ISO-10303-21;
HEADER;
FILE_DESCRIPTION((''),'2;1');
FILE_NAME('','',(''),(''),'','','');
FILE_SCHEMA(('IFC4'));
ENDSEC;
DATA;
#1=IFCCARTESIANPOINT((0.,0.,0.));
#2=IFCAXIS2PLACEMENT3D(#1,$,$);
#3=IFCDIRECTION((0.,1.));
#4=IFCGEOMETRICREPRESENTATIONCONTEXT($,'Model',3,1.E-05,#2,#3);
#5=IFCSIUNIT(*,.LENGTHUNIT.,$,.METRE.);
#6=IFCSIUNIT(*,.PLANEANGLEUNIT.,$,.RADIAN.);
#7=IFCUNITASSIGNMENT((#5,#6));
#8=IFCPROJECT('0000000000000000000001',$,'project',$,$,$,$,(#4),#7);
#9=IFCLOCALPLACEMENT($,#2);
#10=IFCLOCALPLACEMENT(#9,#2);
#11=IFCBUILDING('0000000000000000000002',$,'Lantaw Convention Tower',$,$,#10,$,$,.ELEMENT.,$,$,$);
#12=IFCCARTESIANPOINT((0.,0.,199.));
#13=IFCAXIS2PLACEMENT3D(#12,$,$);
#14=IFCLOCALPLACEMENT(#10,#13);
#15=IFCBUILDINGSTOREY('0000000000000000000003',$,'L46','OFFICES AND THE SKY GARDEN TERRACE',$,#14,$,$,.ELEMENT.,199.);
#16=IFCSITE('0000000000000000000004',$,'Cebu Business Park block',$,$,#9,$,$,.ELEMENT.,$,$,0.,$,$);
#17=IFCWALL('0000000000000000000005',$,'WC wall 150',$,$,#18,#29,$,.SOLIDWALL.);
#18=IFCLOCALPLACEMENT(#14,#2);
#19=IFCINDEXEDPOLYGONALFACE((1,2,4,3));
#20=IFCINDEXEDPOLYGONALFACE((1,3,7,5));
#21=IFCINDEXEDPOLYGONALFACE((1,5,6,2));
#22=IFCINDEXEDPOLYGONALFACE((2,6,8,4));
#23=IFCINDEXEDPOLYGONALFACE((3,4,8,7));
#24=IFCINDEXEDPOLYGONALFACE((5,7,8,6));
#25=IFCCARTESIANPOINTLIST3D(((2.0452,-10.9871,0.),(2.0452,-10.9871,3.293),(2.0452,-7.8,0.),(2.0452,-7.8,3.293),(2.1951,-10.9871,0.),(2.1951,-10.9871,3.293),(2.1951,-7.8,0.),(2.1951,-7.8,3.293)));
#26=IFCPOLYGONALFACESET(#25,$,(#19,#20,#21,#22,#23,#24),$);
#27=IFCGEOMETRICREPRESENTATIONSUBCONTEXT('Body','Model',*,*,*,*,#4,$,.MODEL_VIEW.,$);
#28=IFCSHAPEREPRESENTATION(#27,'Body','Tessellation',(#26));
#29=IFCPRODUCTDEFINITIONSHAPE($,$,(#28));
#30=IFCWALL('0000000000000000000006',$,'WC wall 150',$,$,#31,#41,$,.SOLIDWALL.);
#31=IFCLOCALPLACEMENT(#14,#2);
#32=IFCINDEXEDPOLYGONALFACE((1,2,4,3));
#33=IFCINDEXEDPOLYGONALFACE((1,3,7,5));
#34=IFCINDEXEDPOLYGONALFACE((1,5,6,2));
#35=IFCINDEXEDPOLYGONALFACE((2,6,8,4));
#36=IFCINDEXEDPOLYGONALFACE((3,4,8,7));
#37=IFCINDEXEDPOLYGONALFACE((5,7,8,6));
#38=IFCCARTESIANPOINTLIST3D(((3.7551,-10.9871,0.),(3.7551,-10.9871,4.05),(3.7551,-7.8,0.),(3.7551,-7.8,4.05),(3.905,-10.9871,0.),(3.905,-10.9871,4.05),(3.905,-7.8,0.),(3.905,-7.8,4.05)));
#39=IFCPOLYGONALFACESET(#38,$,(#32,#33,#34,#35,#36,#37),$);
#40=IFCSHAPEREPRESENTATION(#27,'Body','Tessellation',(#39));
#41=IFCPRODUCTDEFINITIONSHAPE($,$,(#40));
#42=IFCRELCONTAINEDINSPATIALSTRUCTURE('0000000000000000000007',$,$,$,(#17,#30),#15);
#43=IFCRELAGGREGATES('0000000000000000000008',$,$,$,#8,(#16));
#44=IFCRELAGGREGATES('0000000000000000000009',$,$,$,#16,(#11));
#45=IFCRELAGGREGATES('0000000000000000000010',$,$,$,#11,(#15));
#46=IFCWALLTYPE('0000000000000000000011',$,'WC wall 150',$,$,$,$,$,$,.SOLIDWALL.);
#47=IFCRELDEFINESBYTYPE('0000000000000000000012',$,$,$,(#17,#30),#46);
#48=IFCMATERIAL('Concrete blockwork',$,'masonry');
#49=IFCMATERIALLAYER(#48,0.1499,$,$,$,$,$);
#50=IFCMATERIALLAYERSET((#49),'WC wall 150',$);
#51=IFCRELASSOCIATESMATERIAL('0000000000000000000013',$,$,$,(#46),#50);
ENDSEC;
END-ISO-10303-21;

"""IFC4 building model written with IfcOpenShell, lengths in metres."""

from ifc_helpers import new_model, si_unit, direction, frame, frame_2d, origin, place, context, subcontext, project, spatial, rectangle, extrude, material, layer, layer_set, type_object, element, save


model = new_model("IFC4")

# Units and contexts
model_context = context("Model", 3, precision=1e-05, world=origin(), true_north=direction((0.0, 1.0)))
body_context = subcontext(model_context, "Body", "Model", "MODEL_VIEW")
ifc_project = project(units=[si_unit("LENGTHUNIT", "METRE"), si_unit("PLANEANGLEUNIT", "RADIAN")], contexts=[model_context])

# Site, building, storey
site_placement = place(None, origin())
site = spatial("IfcSite", under=ifc_project, at=site_placement, Name="Cebu Business Park block", CompositionType="ELEMENT", RefElevation=0.0)
building_placement = place(site_placement, origin())
building = spatial("IfcBuilding", under=site, at=building_placement, Name="Lantaw Convention Tower", CompositionType="ELEMENT")
storey_placement = place(building_placement, frame((0.0, 0.0, 199.0)))
storey = spatial("IfcBuildingStorey", under=building, at=storey_placement, Name="L46", Description="OFFICES AND THE SKY GARDEN TERRACE", CompositionType="ELEMENT", Elevation=199.0)

# Walls
ifc_material_1 = material(Name="Concrete blockwork", Category="masonry")
ifc_layer_1 = layer(ifc_material_1, 0.1499)
ifc_layer_set_1 = layer_set([ifc_layer_1], Name="WC wall 150")
wall_type_1 = type_object("IfcWallType", Name="WC wall 150", PredefinedType="SOLIDWALL", material=ifc_layer_set_1)
wall_1_placement = place(storey_placement, frame((2.1201, -7.8, 0.0), z_axis=(0.0, 0.0, 1.0), x_axis=(0.0, -1.0, 0.0)))
element("IfcWall", 1, at=wall_1_placement, inside=storey, type_object=wall_type_1, Name="WC wall 150", PredefinedType="SOLIDWALL", context=body_context, shape_type="SweptSolid", body=[
    extrude(rectangle(XDim=3.187, YDim=0.1499, at=frame_2d((1.5935, 0.0))), origin(), (0.0, 0.0, 1.0), 3.293),
])
wall_2_placement = place(storey_placement, frame((3.8301, -7.8, 0.0), z_axis=(0.0, 0.0, 1.0), x_axis=(0.0, -1.0, 0.0)))
element("IfcWall", 2, at=wall_2_placement, inside=storey, type_object=wall_type_1, Name="WC wall 150", PredefinedType="SOLIDWALL", context=body_context, shape_type="SweptSolid", body=[
    extrude(rectangle(XDim=3.187, YDim=0.1499, at=frame_2d((1.5935, 0.0))), origin(), (0.0, 0.0, 1.0), 4.05),
])

save(model, "model.ifc")
